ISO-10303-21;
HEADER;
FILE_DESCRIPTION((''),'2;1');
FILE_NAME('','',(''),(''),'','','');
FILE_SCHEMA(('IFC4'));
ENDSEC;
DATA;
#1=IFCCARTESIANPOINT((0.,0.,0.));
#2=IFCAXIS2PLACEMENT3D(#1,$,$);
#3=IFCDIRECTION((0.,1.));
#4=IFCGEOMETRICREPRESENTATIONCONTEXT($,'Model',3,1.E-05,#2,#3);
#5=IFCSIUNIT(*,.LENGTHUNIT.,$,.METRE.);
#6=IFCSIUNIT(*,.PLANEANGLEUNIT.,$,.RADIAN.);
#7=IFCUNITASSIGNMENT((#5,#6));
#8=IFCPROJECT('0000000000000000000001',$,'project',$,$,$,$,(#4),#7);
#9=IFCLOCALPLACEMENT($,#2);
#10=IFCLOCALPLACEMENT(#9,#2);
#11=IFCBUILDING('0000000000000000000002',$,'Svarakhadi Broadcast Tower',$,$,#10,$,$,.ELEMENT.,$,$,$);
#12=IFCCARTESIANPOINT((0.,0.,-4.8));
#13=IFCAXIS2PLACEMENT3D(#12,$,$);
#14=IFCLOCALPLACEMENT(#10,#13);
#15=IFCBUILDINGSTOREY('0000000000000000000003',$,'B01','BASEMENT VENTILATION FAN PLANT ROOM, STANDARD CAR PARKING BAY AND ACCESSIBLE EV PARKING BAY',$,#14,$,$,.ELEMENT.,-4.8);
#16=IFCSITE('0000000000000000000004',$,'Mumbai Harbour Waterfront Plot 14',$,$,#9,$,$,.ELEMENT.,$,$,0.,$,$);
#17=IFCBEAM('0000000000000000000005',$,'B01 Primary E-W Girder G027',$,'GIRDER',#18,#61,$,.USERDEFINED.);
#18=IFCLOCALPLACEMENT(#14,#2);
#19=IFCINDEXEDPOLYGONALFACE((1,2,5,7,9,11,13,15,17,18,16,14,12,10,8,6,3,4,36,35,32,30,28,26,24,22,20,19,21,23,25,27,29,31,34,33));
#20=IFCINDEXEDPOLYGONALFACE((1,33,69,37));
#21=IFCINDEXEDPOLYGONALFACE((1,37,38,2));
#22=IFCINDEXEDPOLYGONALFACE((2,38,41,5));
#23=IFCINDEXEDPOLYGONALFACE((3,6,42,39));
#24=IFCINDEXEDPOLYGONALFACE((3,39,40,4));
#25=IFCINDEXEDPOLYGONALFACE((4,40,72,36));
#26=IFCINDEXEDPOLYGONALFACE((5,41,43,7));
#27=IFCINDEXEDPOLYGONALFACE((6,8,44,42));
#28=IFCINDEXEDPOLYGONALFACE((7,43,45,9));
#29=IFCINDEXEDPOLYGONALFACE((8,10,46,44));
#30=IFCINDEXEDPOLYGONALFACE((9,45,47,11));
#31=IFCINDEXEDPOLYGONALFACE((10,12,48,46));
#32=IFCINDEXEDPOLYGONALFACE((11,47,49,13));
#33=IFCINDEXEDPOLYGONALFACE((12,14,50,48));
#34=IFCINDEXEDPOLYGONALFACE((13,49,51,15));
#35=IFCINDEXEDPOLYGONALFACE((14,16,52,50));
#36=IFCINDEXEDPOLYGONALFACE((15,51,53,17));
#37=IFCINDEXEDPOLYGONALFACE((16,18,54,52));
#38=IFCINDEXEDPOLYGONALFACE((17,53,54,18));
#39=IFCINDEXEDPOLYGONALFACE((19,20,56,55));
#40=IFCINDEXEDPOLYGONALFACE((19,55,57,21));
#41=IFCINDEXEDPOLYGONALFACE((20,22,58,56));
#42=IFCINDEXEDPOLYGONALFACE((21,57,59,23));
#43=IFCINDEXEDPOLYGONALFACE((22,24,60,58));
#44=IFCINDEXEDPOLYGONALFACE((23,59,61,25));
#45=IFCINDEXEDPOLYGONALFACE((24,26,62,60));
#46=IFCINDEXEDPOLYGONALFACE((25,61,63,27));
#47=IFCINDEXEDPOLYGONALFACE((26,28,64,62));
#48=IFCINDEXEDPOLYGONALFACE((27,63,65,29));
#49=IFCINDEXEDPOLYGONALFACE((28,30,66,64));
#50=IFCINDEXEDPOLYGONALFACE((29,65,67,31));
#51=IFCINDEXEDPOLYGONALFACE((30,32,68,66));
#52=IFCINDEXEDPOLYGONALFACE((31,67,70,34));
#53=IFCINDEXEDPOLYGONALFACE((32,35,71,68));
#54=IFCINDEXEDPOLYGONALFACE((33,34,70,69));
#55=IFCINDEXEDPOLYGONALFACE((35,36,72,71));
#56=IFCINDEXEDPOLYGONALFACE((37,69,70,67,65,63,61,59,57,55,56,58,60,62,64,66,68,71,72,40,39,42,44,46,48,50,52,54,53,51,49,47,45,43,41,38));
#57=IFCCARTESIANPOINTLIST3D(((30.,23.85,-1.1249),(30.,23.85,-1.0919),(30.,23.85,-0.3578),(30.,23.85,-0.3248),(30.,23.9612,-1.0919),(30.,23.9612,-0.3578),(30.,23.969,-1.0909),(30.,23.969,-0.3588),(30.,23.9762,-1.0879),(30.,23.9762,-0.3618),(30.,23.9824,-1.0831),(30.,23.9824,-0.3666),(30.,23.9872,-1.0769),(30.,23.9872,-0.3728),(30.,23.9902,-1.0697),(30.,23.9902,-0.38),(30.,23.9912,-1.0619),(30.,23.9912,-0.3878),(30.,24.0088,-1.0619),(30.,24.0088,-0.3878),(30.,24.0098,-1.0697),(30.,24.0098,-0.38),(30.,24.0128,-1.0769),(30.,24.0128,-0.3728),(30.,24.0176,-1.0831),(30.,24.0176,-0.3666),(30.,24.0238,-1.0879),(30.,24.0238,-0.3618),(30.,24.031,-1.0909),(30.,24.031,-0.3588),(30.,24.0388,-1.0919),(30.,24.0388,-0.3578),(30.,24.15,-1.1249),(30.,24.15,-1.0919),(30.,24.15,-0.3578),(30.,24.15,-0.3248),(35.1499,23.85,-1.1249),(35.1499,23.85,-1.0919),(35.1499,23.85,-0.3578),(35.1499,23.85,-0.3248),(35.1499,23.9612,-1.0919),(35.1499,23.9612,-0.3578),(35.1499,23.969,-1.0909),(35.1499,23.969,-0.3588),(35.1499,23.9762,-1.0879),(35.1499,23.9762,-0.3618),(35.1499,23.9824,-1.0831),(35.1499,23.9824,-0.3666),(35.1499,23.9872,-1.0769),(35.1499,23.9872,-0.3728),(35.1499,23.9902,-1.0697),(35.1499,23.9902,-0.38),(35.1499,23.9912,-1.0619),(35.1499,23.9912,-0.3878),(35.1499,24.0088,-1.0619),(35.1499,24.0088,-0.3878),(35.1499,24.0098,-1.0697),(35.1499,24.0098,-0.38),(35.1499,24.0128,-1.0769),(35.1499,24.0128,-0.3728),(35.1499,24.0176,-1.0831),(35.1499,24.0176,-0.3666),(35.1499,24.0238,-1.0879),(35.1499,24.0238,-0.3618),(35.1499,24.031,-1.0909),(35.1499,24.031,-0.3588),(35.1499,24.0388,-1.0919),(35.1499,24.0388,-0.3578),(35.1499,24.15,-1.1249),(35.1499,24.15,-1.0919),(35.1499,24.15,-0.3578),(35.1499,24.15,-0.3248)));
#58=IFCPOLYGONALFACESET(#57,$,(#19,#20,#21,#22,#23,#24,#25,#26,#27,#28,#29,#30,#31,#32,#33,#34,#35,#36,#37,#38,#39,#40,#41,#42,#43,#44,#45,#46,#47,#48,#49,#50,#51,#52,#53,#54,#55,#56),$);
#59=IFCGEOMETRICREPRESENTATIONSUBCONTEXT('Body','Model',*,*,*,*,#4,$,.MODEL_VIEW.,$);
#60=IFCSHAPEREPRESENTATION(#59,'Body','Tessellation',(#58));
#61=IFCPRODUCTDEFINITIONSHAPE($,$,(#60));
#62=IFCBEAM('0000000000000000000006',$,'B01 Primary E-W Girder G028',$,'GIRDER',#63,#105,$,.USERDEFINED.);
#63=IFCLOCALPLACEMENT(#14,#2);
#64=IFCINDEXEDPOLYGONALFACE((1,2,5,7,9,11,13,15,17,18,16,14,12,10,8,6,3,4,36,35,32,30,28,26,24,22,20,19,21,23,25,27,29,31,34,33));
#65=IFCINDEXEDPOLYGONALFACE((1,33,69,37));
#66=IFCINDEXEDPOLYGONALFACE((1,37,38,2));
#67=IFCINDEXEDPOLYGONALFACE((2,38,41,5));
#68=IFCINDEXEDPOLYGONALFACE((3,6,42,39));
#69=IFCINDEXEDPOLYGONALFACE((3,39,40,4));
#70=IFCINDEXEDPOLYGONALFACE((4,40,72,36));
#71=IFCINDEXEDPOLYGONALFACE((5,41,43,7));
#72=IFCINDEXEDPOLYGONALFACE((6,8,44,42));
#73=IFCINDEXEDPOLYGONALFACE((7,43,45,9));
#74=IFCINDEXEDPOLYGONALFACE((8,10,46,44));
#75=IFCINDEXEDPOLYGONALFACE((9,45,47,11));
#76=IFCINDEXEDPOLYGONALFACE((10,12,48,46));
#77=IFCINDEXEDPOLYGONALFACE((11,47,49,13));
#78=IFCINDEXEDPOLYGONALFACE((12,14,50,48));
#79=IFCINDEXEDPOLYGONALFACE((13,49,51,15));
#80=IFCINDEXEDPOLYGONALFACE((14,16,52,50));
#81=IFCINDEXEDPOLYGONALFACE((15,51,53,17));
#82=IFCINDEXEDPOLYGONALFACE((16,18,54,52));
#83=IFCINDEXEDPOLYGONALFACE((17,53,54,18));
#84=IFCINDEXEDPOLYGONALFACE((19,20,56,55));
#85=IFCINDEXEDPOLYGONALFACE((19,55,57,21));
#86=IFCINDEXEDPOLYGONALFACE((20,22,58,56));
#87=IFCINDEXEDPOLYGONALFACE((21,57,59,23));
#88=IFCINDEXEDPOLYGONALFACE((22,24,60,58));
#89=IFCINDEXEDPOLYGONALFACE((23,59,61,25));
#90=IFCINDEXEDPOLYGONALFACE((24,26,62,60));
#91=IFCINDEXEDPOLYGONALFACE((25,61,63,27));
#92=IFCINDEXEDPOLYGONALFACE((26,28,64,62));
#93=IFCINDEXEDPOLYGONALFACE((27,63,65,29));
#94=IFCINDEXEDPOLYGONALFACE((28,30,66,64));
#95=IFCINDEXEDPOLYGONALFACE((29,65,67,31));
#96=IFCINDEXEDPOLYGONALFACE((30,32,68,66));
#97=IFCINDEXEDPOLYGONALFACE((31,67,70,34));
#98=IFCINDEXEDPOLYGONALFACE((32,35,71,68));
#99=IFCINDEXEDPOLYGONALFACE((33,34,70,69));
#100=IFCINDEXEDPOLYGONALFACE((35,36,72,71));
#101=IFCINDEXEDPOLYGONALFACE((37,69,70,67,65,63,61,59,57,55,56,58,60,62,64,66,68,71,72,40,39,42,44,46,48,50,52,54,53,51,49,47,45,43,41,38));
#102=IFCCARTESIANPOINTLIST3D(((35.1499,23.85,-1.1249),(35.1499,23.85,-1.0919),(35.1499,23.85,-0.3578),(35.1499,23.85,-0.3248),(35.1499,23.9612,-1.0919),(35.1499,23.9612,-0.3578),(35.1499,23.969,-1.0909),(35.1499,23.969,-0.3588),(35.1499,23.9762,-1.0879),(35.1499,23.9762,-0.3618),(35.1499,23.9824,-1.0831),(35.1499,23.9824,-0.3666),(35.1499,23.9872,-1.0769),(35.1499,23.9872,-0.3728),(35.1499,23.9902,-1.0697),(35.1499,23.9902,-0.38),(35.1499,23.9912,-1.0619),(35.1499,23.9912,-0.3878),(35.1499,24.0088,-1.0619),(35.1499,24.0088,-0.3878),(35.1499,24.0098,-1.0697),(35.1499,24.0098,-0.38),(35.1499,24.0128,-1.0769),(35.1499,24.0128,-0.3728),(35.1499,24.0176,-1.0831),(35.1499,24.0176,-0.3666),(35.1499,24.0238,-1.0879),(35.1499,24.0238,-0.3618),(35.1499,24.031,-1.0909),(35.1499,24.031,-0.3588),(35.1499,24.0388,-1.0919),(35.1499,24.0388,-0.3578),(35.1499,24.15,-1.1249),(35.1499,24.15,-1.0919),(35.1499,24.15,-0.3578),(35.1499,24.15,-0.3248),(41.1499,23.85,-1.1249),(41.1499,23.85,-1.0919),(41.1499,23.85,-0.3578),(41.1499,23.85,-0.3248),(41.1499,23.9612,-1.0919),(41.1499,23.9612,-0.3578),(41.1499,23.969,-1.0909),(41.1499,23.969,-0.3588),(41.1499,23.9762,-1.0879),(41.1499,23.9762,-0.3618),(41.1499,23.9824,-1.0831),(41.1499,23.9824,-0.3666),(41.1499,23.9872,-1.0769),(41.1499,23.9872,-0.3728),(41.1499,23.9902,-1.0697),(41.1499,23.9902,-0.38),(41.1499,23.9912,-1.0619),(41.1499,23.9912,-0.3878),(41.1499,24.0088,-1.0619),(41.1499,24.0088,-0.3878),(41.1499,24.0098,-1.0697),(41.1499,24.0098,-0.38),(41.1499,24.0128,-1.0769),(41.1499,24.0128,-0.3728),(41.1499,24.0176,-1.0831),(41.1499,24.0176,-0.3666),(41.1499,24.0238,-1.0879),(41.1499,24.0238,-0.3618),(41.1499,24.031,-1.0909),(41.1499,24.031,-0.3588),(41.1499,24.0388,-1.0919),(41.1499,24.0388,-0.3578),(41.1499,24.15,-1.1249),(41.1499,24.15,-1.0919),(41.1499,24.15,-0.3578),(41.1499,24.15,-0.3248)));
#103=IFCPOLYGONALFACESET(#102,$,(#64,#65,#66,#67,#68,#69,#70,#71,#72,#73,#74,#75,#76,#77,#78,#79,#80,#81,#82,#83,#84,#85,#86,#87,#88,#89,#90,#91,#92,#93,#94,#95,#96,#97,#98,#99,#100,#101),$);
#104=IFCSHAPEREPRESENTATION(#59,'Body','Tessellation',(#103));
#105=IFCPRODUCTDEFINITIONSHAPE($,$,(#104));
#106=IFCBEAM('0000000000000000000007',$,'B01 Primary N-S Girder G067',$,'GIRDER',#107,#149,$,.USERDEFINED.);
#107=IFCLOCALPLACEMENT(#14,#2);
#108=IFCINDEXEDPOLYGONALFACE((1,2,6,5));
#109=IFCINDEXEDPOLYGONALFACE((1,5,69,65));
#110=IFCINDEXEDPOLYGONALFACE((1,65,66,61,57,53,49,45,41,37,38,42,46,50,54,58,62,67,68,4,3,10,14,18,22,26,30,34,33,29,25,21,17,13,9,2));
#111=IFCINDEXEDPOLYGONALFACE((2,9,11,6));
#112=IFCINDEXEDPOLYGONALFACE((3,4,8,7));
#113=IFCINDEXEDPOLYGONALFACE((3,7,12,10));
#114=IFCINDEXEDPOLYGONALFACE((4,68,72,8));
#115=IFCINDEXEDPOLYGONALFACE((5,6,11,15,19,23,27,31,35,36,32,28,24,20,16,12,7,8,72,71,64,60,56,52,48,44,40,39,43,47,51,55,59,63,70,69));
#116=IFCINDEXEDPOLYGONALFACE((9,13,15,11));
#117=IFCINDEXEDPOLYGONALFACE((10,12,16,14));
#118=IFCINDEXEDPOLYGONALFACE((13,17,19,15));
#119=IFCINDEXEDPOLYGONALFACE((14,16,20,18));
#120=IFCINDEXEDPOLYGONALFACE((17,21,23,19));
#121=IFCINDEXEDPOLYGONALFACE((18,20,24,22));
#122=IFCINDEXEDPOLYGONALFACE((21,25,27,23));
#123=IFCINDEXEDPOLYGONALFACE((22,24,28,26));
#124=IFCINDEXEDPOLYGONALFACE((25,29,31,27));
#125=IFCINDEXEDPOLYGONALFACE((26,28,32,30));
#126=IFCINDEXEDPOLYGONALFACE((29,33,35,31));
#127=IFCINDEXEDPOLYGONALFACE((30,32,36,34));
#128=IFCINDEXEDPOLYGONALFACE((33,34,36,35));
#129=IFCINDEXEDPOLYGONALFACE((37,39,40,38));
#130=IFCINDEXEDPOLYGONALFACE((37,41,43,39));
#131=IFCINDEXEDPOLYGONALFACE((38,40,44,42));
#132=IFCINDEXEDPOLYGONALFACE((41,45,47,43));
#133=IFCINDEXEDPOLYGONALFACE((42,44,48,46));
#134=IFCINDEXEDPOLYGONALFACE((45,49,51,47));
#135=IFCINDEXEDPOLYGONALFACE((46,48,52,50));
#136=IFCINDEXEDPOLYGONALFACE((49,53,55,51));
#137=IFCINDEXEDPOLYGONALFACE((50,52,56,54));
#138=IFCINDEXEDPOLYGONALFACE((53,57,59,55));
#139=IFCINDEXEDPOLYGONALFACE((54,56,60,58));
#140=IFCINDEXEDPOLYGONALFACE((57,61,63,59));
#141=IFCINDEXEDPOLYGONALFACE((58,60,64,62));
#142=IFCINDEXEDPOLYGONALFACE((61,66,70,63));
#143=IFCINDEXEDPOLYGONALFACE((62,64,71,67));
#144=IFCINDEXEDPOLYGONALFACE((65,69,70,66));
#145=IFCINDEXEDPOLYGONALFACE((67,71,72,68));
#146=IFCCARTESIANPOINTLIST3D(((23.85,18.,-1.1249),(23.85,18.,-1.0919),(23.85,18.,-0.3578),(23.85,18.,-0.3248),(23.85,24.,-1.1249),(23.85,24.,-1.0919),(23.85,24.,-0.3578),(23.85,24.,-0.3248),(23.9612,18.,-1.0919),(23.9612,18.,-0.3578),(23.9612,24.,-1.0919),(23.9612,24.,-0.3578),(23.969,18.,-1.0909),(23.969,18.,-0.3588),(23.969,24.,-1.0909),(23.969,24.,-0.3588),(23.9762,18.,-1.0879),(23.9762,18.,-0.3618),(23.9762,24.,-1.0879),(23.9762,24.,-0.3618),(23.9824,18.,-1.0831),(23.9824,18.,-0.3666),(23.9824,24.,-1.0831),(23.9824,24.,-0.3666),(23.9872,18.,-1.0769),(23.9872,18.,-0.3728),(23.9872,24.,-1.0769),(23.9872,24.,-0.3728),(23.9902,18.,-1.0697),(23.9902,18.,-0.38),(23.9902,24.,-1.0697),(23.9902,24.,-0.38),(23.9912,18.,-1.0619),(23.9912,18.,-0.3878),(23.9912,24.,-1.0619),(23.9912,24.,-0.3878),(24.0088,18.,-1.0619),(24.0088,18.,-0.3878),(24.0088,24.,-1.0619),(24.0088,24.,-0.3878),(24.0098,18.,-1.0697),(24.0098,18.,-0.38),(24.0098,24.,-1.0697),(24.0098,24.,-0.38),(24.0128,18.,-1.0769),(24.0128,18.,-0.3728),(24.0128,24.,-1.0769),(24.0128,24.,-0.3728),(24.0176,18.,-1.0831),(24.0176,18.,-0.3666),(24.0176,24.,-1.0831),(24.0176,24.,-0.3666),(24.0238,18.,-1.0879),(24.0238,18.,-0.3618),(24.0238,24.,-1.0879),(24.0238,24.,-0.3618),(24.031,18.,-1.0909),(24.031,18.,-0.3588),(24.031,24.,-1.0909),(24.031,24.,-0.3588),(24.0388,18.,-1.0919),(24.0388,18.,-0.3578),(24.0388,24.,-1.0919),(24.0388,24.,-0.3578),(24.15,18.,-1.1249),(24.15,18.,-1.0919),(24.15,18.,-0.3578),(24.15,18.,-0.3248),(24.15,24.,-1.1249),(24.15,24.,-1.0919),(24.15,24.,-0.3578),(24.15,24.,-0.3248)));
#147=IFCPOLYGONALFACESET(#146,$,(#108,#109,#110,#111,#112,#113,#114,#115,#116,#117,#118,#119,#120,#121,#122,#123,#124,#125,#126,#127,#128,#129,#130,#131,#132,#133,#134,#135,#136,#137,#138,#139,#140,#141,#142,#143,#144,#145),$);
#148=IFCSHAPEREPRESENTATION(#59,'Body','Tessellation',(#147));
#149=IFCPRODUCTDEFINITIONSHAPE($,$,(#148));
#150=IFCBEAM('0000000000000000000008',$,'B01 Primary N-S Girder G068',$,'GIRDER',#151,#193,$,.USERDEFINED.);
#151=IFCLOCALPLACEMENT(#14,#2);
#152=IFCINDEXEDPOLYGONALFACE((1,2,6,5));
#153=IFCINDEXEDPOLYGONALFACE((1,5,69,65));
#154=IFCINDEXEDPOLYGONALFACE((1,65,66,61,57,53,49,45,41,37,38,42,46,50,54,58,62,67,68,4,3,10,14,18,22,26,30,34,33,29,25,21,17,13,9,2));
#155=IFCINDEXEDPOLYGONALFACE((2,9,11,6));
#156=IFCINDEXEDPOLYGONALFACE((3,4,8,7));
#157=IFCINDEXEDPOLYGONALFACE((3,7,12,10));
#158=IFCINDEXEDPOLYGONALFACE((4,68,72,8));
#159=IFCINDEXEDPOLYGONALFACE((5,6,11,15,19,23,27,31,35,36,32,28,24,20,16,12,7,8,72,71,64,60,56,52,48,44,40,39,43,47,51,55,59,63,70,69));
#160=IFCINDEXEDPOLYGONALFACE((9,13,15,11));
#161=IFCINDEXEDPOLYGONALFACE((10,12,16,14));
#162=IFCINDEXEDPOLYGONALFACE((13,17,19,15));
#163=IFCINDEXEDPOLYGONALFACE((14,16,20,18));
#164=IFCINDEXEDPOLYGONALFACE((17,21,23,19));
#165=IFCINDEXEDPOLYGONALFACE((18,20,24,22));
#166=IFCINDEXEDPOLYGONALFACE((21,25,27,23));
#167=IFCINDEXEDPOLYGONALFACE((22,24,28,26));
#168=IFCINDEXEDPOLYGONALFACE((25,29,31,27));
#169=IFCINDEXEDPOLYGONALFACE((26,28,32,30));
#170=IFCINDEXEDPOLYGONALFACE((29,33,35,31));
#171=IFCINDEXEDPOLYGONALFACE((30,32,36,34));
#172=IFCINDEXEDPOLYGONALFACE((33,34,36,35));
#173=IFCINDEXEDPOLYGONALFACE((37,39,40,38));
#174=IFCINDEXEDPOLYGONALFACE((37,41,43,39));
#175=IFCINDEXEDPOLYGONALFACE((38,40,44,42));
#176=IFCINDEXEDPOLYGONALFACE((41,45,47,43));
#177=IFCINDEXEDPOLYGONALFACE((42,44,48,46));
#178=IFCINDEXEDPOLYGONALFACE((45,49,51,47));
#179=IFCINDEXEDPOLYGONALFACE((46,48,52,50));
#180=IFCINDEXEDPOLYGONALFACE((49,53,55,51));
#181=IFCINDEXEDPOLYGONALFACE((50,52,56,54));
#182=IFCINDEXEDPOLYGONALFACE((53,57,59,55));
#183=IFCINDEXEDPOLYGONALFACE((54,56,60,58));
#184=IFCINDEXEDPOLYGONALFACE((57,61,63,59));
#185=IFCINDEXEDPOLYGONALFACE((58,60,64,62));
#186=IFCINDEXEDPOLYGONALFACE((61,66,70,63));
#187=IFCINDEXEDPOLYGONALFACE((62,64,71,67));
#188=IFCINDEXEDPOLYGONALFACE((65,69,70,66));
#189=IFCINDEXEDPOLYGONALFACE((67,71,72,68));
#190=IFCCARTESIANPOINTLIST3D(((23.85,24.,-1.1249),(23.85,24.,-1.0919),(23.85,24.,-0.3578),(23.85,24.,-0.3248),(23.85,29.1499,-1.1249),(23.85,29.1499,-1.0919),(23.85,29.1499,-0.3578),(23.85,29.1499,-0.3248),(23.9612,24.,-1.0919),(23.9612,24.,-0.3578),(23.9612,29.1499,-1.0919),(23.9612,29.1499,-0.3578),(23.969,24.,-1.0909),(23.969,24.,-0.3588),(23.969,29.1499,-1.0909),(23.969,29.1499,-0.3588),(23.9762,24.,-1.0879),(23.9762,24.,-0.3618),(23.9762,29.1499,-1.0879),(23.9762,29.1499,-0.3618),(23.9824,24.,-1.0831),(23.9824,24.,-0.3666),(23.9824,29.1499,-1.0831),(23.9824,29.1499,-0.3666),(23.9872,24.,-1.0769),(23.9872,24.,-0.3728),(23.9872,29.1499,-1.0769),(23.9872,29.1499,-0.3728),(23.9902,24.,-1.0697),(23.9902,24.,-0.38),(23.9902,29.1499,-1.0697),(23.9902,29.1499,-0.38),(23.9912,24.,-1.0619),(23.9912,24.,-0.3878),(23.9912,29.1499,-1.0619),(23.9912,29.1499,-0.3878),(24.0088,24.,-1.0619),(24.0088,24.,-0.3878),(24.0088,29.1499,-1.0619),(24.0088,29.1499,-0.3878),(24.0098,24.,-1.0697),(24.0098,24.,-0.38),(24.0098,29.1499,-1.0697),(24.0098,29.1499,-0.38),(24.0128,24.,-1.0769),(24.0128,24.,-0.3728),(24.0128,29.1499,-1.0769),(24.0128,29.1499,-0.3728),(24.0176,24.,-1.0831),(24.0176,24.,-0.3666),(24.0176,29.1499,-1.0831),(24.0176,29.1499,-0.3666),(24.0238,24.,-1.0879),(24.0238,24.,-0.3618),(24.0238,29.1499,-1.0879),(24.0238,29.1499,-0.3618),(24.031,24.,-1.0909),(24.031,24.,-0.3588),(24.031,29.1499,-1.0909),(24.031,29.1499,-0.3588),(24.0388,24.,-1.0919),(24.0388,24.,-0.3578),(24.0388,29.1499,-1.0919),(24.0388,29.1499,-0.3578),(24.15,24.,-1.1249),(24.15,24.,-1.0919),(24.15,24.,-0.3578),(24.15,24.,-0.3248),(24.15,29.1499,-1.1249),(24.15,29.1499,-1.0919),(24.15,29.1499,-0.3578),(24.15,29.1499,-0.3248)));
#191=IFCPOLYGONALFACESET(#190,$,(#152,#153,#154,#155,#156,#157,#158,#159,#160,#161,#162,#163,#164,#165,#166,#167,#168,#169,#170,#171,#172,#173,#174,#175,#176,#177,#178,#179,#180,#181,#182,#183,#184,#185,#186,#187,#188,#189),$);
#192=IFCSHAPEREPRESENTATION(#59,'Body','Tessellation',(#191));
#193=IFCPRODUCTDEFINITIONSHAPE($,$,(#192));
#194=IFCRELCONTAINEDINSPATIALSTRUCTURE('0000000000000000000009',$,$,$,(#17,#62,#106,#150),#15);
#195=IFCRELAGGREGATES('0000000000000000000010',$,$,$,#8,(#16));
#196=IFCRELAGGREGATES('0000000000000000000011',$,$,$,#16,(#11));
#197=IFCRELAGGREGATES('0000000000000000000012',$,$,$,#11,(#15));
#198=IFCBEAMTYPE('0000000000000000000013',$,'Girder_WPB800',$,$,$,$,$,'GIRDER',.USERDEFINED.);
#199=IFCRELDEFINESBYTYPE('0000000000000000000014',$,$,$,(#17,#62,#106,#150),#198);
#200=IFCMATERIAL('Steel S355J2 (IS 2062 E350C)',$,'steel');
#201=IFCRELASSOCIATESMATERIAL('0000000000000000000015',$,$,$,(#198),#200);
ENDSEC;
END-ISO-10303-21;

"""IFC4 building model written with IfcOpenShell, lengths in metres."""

from ifc_helpers import new_model, si_unit, direction, frame, origin, origin_2d, place, context, subcontext, project, spatial, i_section, extrude, material, material_profile, profile_set, type_object, element, save


model = new_model("IFC4")

# Units and contexts
model_context = context("Model", 3, precision=1e-05, world=origin(), true_north=direction((0.0, 1.0)))
body_context = subcontext(model_context, "Body", "Model", "MODEL_VIEW")
ifc_project = project(units=[si_unit("LENGTHUNIT", "METRE"), si_unit("PLANEANGLEUNIT", "RADIAN")], contexts=[model_context])

# Site, building, storey
site_placement = place(None, origin())
site = spatial("IfcSite", under=ifc_project, at=site_placement, Name="Mumbai Harbour Waterfront Plot 14", CompositionType="ELEMENT", RefElevation=0.0)
building_placement = place(site_placement, origin())
building = spatial("IfcBuilding", under=site, at=building_placement, Name="Svarakhadi Broadcast Tower", CompositionType="ELEMENT")
storey_placement = place(building_placement, frame((0.0, 0.0, -4.8)))
storey = spatial("IfcBuildingStorey", under=building, at=storey_placement, Name="B01", Description="BASEMENT VENTILATION FAN PLANT ROOM, STANDARD CAR PARKING BAY AND ACCESSIBLE EV PARKING BAY", CompositionType="ELEMENT", Elevation=-4.8)

# Beams
ifc_material_1 = material(Name="Steel S355J2 (IS 2062 E350C)", Category="steel")
ifc_material_profile_1 = material_profile(ifc_material_1, i_section(OverallWidth=0.3, OverallDepth=0.8, WebThickness=0.0176, FlangeThickness=0.033, FilletRadius=0.03, at=origin_2d()), Name="WPB 800x300x262")
ifc_profile_set_1 = profile_set([ifc_material_profile_1], Name="Steel S355J2 (IS 2062 E350C)")
beam_type_1 = type_object("IfcBeamType", Name="Girder_WPB800", ElementType="GIRDER", PredefinedType="USERDEFINED", material=ifc_profile_set_1)
beam_1_placement = place(storey_placement, frame((30.0, 24.0, -0.7249), z_axis=(1.0, 0.0, 0.0), x_axis=(0.0, 1.0, 0.0)))
element("IfcBeam", 1, at=beam_1_placement, inside=storey, type_object=beam_type_1, Name="B01 Primary E-W Girder G027", ObjectType="GIRDER", PredefinedType="USERDEFINED", context=body_context, shape_type="SweptSolid", body=[
    extrude(i_section(OverallWidth=0.3, OverallDepth=0.8, WebThickness=0.0176, FlangeThickness=0.033, FilletRadius=0.03, at=origin_2d()), origin(), (0.0, 0.0, 1.0), 5.1499),
])
for number, where, z_axis, x_axis, name in (
    (2, (35.1499, 24.0, -0.7249), (1.0, 0.0, 0.0), (0.0, 1.0, 0.0), "B01 Primary E-W Girder G028"),
    (3, (24.0, 18.0, -0.7249), (0.0, 1.0, 0.0), (-1.0, 0.0, 0.0), "B01 Primary N-S Girder G067"),
):
    element("IfcBeam", number, at=place(storey_placement, frame(where, z_axis=z_axis, x_axis=x_axis)), inside=storey, type_object=beam_type_1, Name=name, ObjectType="GIRDER", PredefinedType="USERDEFINED", context=body_context, shape_type="SweptSolid", body=[
        extrude(i_section(OverallWidth=0.3, OverallDepth=0.8, WebThickness=0.0176, FlangeThickness=0.033, FilletRadius=0.03, at=origin_2d()), origin(), (0.0, 0.0, 1.0), 6.0),
    ])
beam_2_placement = place(storey_placement, frame((24.0, 24.0, -0.7249), z_axis=(0.0, 1.0, 0.0), x_axis=(-1.0, 0.0, 0.0)))
element("IfcBeam", 4, at=beam_2_placement, inside=storey, type_object=beam_type_1, Name="B01 Primary N-S Girder G068", ObjectType="GIRDER", PredefinedType="USERDEFINED", context=body_context, shape_type="SweptSolid", body=[
    extrude(i_section(OverallWidth=0.3, OverallDepth=0.8, WebThickness=0.0176, FlangeThickness=0.033, FilletRadius=0.03, at=origin_2d()), origin(), (0.0, 0.0, 1.0), 5.1499),
])

save(model, "model.ifc")
